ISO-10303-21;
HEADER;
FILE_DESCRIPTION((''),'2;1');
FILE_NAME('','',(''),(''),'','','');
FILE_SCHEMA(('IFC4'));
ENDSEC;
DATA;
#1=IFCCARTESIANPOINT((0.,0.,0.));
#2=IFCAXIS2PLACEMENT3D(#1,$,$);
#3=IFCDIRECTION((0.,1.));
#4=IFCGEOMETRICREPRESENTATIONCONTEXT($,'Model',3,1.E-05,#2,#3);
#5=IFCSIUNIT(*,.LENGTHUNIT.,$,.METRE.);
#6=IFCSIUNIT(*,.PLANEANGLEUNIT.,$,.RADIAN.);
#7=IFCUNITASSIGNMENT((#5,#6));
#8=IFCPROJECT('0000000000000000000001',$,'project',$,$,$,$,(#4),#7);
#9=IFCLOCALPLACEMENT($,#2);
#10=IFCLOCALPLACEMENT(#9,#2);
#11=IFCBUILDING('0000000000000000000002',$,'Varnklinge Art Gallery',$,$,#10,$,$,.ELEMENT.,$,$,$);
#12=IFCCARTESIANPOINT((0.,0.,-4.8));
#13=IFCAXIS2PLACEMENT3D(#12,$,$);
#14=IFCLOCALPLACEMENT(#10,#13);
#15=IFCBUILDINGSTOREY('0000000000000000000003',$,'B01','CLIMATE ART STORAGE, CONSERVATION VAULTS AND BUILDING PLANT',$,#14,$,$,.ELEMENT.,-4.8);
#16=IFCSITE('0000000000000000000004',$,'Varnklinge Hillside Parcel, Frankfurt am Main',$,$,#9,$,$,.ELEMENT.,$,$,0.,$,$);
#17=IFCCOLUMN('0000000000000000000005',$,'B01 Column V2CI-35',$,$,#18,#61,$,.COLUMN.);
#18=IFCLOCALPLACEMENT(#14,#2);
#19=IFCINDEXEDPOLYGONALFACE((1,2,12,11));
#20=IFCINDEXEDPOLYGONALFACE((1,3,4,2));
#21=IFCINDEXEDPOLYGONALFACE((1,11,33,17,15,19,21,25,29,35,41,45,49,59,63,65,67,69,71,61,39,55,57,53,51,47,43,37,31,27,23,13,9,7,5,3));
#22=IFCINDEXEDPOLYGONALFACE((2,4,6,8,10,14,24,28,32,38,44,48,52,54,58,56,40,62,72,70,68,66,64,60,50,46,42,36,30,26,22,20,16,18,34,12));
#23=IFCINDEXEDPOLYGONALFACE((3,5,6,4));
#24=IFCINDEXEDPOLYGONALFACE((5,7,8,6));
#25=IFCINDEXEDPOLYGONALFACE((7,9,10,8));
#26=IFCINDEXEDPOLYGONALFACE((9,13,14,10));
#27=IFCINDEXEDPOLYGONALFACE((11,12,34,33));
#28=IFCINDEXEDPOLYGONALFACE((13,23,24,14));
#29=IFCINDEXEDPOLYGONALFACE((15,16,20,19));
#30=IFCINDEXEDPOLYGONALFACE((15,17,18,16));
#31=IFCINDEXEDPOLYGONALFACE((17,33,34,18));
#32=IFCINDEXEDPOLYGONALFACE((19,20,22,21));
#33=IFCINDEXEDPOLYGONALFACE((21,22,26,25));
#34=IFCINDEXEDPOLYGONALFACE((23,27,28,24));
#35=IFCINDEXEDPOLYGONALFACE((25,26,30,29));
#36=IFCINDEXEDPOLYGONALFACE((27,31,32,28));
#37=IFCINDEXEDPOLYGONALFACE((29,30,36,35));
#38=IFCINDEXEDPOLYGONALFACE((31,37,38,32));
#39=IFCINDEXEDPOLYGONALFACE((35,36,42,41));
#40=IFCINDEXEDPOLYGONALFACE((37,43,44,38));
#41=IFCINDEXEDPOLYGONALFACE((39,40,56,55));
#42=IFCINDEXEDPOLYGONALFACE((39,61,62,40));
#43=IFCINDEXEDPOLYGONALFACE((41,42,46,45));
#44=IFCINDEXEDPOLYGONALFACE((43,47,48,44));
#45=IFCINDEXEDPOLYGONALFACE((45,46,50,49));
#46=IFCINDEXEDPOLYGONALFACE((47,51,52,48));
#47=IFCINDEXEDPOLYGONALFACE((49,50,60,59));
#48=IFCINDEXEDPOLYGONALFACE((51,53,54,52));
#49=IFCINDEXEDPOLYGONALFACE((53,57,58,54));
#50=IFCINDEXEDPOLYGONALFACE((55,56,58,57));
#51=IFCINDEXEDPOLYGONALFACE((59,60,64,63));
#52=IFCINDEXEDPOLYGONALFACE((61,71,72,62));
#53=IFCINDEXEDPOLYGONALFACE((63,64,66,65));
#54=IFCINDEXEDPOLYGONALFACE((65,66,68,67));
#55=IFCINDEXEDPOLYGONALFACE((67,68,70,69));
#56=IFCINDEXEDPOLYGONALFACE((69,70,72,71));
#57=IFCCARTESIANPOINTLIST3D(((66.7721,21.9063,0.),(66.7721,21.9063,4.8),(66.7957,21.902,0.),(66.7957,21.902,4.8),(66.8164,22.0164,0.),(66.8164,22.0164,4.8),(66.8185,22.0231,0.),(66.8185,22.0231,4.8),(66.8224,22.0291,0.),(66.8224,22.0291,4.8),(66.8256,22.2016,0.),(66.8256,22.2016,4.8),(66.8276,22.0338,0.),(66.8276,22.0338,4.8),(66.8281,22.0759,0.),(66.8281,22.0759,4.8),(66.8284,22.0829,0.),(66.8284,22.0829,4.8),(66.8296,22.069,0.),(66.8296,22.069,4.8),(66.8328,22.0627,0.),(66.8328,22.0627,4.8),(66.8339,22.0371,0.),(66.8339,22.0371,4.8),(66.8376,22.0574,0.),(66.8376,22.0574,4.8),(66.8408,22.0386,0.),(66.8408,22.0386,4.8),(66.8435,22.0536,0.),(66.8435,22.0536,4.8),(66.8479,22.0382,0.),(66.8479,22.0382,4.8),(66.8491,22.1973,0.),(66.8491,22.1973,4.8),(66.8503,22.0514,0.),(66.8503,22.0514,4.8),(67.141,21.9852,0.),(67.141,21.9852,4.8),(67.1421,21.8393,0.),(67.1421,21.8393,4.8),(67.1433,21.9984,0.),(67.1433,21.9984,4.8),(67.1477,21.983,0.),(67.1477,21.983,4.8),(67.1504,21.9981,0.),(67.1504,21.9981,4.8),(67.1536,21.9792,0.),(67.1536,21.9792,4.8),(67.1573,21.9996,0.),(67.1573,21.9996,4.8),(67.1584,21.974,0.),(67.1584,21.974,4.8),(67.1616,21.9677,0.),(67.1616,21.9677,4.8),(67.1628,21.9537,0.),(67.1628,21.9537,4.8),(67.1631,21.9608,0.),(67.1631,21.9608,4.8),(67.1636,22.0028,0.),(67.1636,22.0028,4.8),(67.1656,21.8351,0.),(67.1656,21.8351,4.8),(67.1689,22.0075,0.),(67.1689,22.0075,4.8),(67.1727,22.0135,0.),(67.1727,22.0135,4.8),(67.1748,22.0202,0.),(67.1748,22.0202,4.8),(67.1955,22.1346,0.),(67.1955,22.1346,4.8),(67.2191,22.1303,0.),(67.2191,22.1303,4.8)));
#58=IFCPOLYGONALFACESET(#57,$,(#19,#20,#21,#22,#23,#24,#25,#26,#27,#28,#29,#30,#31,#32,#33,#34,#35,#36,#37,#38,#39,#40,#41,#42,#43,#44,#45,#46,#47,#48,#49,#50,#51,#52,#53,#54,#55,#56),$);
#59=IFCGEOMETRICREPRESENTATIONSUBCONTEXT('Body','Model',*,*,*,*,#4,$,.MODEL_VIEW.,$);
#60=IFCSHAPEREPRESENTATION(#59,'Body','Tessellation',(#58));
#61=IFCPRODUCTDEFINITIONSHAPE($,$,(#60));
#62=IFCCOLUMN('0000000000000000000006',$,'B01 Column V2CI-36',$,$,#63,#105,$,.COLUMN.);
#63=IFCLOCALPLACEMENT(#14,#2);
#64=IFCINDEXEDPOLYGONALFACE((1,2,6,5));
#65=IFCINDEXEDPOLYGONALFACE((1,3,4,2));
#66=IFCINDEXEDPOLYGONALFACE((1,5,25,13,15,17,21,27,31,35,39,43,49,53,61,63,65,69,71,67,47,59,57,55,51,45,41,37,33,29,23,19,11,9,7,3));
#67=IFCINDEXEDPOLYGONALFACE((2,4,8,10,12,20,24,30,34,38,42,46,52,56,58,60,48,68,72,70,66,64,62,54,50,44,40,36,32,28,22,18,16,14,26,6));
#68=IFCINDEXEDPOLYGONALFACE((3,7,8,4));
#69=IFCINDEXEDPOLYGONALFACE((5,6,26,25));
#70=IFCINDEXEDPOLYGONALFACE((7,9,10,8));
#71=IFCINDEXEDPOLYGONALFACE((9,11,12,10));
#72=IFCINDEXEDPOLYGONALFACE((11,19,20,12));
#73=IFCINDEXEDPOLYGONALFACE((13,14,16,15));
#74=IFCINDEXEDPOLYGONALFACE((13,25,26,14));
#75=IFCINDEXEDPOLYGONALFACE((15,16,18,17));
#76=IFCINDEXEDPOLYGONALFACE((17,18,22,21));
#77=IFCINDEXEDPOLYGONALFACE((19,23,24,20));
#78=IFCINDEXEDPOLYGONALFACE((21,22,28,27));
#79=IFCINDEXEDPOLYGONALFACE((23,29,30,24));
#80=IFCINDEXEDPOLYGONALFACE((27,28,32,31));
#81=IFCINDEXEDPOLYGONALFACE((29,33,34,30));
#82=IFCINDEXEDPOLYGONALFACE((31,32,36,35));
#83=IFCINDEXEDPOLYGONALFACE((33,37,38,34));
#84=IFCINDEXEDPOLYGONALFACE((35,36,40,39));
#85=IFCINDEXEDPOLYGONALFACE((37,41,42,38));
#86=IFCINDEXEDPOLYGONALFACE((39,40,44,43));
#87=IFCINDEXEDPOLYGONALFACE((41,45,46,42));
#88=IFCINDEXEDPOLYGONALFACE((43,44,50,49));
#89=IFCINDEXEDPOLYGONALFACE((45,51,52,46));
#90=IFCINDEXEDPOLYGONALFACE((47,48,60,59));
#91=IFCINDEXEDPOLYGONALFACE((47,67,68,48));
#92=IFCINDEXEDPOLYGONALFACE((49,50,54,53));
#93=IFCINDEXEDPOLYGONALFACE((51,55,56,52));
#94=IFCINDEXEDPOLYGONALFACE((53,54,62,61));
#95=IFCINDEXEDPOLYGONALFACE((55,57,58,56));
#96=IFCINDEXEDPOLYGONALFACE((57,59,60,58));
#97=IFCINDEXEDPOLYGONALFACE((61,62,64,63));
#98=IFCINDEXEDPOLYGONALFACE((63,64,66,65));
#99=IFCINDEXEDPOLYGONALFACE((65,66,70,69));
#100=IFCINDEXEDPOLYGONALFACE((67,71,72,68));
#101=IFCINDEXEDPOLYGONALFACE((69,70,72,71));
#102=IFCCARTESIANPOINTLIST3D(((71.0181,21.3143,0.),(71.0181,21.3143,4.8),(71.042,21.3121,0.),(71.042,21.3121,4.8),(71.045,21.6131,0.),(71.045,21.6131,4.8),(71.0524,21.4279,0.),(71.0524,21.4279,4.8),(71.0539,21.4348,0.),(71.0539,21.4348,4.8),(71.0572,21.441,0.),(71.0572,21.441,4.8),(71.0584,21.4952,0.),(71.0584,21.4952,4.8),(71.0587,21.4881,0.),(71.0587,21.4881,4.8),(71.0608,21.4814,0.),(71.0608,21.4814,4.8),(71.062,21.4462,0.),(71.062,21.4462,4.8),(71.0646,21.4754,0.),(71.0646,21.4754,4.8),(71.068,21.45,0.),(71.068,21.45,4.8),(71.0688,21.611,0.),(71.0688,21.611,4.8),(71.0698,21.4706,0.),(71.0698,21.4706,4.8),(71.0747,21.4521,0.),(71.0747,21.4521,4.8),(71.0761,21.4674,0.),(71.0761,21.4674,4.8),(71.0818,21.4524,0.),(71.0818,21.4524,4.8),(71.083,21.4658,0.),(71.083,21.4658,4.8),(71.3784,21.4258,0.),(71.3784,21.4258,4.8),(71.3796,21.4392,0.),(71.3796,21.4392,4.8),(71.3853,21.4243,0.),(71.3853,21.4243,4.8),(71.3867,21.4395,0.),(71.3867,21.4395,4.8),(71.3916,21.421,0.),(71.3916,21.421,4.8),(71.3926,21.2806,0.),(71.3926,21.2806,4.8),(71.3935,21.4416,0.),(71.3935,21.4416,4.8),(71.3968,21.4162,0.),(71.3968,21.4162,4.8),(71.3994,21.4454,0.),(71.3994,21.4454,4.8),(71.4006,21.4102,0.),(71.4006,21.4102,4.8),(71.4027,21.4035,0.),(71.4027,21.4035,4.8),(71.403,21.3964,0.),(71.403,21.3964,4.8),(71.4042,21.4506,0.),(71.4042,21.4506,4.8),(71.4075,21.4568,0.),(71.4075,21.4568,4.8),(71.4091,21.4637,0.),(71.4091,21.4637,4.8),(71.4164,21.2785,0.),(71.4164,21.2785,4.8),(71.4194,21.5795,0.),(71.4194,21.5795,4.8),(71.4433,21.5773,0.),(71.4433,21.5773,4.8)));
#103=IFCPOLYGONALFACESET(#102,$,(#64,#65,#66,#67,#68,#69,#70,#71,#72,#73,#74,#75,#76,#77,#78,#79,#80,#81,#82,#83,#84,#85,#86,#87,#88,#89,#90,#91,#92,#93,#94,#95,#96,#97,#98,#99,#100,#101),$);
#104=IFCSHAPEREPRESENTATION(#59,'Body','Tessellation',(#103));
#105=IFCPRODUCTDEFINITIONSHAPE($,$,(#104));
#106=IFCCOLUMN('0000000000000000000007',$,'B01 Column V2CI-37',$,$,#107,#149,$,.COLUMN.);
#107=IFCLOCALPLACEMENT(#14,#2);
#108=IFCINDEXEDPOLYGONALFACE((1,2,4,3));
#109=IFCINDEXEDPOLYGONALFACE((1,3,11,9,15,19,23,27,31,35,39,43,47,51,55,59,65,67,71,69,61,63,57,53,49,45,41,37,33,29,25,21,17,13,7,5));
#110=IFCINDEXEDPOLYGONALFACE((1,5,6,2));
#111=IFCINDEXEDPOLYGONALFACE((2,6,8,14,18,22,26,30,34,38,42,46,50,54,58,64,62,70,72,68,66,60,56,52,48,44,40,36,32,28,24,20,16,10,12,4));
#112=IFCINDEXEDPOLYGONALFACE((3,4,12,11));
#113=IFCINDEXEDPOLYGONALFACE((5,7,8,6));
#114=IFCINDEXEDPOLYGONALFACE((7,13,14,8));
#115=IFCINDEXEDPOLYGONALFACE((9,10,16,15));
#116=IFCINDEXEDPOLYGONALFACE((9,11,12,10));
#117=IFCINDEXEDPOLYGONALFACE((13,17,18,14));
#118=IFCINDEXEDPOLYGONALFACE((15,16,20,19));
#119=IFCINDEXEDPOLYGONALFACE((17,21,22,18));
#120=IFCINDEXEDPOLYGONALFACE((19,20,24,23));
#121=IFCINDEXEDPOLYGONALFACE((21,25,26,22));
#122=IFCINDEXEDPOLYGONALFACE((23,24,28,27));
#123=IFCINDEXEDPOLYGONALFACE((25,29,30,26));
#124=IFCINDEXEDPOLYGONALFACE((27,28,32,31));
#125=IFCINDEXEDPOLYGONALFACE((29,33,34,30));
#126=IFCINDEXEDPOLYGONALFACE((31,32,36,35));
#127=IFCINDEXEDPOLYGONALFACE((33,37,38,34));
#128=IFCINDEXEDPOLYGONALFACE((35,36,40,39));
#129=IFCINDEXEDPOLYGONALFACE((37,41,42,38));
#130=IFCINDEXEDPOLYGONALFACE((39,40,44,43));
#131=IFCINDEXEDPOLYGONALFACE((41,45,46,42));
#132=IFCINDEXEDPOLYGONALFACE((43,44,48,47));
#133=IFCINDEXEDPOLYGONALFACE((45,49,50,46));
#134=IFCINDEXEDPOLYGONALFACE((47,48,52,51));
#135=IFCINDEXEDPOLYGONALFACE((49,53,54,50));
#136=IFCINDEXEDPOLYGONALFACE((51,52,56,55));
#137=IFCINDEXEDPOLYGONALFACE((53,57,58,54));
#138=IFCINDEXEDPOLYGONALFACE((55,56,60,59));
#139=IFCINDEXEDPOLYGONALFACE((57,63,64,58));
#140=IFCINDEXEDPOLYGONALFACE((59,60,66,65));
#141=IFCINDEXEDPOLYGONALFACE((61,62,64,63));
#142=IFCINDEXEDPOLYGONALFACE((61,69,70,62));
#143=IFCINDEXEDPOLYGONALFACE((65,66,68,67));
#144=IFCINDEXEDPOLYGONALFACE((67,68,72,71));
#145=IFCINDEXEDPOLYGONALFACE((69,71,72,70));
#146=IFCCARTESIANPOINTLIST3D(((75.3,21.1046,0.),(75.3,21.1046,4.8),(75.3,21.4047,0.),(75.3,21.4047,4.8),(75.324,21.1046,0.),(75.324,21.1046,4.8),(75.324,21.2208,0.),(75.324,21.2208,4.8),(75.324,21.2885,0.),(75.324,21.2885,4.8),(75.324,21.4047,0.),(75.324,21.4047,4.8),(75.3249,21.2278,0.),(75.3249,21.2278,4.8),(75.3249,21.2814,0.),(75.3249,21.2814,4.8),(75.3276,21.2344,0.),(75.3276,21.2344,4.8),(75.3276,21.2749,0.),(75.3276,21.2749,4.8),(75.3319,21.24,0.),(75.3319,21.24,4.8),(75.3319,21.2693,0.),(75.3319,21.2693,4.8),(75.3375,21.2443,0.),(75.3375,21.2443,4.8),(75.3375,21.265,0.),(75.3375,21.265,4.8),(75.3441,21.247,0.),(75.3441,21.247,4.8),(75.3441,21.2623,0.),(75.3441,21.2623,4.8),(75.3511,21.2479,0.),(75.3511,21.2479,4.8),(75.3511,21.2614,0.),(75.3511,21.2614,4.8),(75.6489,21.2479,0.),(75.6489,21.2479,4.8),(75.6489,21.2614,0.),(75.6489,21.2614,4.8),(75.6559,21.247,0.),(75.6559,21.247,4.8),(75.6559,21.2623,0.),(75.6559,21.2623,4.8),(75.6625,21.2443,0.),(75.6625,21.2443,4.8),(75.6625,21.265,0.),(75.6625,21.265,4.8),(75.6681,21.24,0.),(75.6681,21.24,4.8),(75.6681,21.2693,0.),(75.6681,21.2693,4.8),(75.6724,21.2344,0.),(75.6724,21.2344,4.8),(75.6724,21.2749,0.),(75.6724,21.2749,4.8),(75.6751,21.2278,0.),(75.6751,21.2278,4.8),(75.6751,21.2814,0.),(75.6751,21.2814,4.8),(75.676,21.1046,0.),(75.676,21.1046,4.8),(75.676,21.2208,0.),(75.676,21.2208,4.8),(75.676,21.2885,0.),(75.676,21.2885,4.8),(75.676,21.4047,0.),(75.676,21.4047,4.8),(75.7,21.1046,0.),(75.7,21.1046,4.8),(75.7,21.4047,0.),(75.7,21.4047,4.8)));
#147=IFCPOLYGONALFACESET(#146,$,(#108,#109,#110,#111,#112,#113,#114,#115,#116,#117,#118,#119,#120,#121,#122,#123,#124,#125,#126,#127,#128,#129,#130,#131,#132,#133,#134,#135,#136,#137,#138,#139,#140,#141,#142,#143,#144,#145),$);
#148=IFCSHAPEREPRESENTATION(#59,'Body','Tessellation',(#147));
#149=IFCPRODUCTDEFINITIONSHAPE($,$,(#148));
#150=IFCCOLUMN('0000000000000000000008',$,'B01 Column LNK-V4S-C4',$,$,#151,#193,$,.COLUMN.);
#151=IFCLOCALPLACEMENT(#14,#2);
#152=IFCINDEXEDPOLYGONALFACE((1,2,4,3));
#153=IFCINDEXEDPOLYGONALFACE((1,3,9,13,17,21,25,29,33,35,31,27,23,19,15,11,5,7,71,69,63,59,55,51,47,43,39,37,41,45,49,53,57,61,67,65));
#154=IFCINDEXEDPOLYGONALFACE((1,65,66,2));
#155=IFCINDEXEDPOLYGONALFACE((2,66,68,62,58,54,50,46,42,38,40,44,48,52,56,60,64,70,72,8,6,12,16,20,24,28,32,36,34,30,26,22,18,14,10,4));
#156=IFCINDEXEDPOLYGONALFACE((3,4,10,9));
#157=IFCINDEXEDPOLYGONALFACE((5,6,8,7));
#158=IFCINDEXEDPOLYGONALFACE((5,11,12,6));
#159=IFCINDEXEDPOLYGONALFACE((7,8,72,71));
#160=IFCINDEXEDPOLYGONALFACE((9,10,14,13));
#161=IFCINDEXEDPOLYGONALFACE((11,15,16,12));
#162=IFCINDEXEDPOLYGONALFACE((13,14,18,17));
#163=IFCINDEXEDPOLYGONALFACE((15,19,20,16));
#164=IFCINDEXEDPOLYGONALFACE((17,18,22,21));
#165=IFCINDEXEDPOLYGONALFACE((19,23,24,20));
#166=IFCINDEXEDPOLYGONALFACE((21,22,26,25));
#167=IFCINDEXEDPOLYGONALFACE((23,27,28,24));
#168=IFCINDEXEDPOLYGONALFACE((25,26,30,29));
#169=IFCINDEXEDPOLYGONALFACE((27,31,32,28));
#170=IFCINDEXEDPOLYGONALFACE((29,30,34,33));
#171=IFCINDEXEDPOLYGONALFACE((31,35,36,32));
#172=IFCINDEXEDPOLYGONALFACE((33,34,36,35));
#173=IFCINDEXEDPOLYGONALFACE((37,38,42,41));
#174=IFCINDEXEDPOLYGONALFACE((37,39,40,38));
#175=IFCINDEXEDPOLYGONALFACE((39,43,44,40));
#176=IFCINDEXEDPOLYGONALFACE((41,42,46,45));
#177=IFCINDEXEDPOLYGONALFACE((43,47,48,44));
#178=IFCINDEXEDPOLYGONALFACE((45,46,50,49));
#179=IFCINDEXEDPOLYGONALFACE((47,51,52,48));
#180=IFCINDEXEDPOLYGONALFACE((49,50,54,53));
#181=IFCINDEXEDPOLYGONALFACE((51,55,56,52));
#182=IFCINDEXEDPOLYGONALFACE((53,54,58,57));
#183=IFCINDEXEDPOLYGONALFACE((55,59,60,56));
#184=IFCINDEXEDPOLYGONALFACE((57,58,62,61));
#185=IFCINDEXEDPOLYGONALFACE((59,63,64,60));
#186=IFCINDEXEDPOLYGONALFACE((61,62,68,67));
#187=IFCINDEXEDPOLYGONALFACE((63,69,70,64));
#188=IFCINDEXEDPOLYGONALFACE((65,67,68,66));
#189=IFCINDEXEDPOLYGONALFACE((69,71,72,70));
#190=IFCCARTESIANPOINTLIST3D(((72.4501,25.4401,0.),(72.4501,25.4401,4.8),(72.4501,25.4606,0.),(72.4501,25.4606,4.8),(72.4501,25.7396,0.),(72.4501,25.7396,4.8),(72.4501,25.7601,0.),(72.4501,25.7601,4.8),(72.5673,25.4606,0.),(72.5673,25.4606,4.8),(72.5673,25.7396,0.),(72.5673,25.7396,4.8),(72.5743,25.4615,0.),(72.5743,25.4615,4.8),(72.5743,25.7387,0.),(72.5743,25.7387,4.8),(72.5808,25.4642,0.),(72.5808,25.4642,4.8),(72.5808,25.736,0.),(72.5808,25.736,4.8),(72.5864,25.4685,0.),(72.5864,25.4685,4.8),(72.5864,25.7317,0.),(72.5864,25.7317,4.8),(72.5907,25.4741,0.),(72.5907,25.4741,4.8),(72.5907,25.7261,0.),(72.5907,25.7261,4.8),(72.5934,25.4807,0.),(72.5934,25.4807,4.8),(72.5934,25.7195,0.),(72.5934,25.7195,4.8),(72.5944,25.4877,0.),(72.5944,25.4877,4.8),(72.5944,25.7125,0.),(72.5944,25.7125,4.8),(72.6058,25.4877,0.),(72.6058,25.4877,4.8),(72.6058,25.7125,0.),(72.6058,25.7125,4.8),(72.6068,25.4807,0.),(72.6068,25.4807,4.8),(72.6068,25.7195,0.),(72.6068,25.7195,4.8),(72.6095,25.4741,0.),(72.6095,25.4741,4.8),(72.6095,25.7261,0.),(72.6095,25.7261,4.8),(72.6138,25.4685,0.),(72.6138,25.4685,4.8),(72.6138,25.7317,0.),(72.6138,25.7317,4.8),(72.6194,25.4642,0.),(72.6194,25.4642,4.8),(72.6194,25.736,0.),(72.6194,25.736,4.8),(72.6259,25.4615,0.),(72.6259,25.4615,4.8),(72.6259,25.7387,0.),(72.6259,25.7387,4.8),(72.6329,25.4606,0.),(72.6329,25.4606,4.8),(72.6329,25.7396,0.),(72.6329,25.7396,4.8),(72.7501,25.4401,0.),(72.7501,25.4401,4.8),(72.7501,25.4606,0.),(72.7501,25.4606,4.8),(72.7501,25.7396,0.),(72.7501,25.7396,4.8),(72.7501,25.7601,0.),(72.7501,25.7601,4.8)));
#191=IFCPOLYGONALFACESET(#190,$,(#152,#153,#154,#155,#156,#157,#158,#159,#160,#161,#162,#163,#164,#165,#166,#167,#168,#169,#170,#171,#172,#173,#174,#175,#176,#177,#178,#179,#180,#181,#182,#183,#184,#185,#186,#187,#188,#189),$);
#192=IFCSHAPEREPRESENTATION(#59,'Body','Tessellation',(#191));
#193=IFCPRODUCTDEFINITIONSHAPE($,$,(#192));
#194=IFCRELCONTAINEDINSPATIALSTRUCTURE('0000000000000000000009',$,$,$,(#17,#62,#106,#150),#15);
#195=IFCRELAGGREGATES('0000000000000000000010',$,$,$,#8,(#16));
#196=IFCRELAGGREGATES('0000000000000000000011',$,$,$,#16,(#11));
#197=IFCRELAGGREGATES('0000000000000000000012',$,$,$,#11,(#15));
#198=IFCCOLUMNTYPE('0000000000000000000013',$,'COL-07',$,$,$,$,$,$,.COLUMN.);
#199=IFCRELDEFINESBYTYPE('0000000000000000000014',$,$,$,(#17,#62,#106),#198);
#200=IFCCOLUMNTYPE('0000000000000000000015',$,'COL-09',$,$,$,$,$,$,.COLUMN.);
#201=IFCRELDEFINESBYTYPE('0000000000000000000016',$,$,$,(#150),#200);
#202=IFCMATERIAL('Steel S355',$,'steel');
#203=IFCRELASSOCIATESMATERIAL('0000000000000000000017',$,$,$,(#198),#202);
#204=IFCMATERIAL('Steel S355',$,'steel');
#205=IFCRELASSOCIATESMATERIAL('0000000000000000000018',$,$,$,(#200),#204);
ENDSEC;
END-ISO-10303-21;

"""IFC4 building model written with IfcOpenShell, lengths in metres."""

from ifc_helpers import new_model, si_unit, direction, frame, origin, origin_2d, place, context, subcontext, project, spatial, i_section, extrude, material, material_profile, profile_set, type_object, element, save


model = new_model("IFC4")

# Units and contexts
model_context = context("Model", 3, precision=1e-05, world=origin(), true_north=direction((0.0, 1.0)))
body_context = subcontext(model_context, "Body", "Model", "MODEL_VIEW")
ifc_project = project(units=[si_unit("LENGTHUNIT", "METRE"), si_unit("PLANEANGLEUNIT", "RADIAN")], contexts=[model_context])

# Site, building, storey
site_placement = place(None, origin())
site = spatial("IfcSite", under=ifc_project, at=site_placement, Name="Varnklinge Hillside Parcel, Frankfurt am Main", CompositionType="ELEMENT", RefElevation=0.0)
building_placement = place(site_placement, origin())
building = spatial("IfcBuilding", under=site, at=building_placement, Name="Varnklinge Art Gallery", CompositionType="ELEMENT")
storey_placement = place(building_placement, frame((0.0, 0.0, -4.8)))
storey = spatial("IfcBuildingStorey", under=building, at=storey_placement, Name="B01", Description="CLIMATE ART STORAGE, CONSERVATION VAULTS AND BUILDING PLANT", CompositionType="ELEMENT", Elevation=-4.8)

# Columns
ifc_material_1 = material(Name="Steel S355", Category="steel")
ifc_material_profile_1 = material_profile(ifc_material_1, i_section(OverallWidth=0.3, OverallDepth=0.3999, WebThickness=0.0134, FlangeThickness=0.0239, FilletRadius=0.0271, at=origin_2d()), Name="HEB 400")
ifc_profile_set_1 = profile_set([ifc_material_profile_1], Name="Steel S355")
column_type_1 = type_object("IfcColumnType", Name="COL-07", PredefinedType="COLUMN", material=ifc_profile_set_1)
for number, where, z_axis, x_axis, name in (
    (1, (66.9956, 22.0183, 0.0), (0.0, 0.0, 1.0), (0.178115, 0.98401, 0.0), "B01 Column V2CI-35"),
    (2, (71.2307, 21.4458, 0.0), (0.0, 0.0, 1.0), (0.089416, 0.995994, 0.0), "B01 Column V2CI-36"),
    (3, (75.5, 21.2546, 0.0), (0.0, 0.0, 1.0), (0.0, 1.0, 0.0), "B01 Column V2CI-37"),
):
    element("IfcColumn", number, at=place(storey_placement, frame(where, z_axis=z_axis, x_axis=x_axis)), inside=storey, type_object=column_type_1, Name=name, PredefinedType="COLUMN", context=body_context, shape_type="SweptSolid", body=[
        extrude(i_section(OverallWidth=0.3, OverallDepth=0.3999, WebThickness=0.0134, FlangeThickness=0.0239, FilletRadius=0.0271, at=origin_2d()), origin(), (0.0, 0.0, 1.0), 4.8),
    ])
ifc_material_2 = material(Name="Steel S355", Category="steel")
ifc_material_profile_2 = material_profile(ifc_material_2, i_section(OverallWidth=0.3, OverallDepth=0.3201, WebThickness=0.0115, FlangeThickness=0.0205, FilletRadius=0.0271, at=origin_2d()), Name="HEB 320")
ifc_profile_set_2 = profile_set([ifc_material_profile_2], Name="Steel S355")
column_type_2 = type_object("IfcColumnType", Name="COL-09", PredefinedType="COLUMN", material=ifc_profile_set_2)
column_1_placement = place(storey_placement, frame((72.6001, 25.6001, 0.0), z_axis=(0.0, 0.0, 1.0), x_axis=(1.0, 0.0, 0.0)))
element("IfcColumn", 4, at=column_1_placement, inside=storey, type_object=column_type_2, Name="B01 Column LNK-V4S-C4", PredefinedType="COLUMN", context=body_context, shape_type="SweptSolid", body=[
    extrude(i_section(OverallWidth=0.3, OverallDepth=0.3201, WebThickness=0.0115, FlangeThickness=0.0205, FilletRadius=0.0271, at=origin_2d()), origin(), (0.0, 0.0, 1.0), 4.8),
])

save(model, "model.ifc")
